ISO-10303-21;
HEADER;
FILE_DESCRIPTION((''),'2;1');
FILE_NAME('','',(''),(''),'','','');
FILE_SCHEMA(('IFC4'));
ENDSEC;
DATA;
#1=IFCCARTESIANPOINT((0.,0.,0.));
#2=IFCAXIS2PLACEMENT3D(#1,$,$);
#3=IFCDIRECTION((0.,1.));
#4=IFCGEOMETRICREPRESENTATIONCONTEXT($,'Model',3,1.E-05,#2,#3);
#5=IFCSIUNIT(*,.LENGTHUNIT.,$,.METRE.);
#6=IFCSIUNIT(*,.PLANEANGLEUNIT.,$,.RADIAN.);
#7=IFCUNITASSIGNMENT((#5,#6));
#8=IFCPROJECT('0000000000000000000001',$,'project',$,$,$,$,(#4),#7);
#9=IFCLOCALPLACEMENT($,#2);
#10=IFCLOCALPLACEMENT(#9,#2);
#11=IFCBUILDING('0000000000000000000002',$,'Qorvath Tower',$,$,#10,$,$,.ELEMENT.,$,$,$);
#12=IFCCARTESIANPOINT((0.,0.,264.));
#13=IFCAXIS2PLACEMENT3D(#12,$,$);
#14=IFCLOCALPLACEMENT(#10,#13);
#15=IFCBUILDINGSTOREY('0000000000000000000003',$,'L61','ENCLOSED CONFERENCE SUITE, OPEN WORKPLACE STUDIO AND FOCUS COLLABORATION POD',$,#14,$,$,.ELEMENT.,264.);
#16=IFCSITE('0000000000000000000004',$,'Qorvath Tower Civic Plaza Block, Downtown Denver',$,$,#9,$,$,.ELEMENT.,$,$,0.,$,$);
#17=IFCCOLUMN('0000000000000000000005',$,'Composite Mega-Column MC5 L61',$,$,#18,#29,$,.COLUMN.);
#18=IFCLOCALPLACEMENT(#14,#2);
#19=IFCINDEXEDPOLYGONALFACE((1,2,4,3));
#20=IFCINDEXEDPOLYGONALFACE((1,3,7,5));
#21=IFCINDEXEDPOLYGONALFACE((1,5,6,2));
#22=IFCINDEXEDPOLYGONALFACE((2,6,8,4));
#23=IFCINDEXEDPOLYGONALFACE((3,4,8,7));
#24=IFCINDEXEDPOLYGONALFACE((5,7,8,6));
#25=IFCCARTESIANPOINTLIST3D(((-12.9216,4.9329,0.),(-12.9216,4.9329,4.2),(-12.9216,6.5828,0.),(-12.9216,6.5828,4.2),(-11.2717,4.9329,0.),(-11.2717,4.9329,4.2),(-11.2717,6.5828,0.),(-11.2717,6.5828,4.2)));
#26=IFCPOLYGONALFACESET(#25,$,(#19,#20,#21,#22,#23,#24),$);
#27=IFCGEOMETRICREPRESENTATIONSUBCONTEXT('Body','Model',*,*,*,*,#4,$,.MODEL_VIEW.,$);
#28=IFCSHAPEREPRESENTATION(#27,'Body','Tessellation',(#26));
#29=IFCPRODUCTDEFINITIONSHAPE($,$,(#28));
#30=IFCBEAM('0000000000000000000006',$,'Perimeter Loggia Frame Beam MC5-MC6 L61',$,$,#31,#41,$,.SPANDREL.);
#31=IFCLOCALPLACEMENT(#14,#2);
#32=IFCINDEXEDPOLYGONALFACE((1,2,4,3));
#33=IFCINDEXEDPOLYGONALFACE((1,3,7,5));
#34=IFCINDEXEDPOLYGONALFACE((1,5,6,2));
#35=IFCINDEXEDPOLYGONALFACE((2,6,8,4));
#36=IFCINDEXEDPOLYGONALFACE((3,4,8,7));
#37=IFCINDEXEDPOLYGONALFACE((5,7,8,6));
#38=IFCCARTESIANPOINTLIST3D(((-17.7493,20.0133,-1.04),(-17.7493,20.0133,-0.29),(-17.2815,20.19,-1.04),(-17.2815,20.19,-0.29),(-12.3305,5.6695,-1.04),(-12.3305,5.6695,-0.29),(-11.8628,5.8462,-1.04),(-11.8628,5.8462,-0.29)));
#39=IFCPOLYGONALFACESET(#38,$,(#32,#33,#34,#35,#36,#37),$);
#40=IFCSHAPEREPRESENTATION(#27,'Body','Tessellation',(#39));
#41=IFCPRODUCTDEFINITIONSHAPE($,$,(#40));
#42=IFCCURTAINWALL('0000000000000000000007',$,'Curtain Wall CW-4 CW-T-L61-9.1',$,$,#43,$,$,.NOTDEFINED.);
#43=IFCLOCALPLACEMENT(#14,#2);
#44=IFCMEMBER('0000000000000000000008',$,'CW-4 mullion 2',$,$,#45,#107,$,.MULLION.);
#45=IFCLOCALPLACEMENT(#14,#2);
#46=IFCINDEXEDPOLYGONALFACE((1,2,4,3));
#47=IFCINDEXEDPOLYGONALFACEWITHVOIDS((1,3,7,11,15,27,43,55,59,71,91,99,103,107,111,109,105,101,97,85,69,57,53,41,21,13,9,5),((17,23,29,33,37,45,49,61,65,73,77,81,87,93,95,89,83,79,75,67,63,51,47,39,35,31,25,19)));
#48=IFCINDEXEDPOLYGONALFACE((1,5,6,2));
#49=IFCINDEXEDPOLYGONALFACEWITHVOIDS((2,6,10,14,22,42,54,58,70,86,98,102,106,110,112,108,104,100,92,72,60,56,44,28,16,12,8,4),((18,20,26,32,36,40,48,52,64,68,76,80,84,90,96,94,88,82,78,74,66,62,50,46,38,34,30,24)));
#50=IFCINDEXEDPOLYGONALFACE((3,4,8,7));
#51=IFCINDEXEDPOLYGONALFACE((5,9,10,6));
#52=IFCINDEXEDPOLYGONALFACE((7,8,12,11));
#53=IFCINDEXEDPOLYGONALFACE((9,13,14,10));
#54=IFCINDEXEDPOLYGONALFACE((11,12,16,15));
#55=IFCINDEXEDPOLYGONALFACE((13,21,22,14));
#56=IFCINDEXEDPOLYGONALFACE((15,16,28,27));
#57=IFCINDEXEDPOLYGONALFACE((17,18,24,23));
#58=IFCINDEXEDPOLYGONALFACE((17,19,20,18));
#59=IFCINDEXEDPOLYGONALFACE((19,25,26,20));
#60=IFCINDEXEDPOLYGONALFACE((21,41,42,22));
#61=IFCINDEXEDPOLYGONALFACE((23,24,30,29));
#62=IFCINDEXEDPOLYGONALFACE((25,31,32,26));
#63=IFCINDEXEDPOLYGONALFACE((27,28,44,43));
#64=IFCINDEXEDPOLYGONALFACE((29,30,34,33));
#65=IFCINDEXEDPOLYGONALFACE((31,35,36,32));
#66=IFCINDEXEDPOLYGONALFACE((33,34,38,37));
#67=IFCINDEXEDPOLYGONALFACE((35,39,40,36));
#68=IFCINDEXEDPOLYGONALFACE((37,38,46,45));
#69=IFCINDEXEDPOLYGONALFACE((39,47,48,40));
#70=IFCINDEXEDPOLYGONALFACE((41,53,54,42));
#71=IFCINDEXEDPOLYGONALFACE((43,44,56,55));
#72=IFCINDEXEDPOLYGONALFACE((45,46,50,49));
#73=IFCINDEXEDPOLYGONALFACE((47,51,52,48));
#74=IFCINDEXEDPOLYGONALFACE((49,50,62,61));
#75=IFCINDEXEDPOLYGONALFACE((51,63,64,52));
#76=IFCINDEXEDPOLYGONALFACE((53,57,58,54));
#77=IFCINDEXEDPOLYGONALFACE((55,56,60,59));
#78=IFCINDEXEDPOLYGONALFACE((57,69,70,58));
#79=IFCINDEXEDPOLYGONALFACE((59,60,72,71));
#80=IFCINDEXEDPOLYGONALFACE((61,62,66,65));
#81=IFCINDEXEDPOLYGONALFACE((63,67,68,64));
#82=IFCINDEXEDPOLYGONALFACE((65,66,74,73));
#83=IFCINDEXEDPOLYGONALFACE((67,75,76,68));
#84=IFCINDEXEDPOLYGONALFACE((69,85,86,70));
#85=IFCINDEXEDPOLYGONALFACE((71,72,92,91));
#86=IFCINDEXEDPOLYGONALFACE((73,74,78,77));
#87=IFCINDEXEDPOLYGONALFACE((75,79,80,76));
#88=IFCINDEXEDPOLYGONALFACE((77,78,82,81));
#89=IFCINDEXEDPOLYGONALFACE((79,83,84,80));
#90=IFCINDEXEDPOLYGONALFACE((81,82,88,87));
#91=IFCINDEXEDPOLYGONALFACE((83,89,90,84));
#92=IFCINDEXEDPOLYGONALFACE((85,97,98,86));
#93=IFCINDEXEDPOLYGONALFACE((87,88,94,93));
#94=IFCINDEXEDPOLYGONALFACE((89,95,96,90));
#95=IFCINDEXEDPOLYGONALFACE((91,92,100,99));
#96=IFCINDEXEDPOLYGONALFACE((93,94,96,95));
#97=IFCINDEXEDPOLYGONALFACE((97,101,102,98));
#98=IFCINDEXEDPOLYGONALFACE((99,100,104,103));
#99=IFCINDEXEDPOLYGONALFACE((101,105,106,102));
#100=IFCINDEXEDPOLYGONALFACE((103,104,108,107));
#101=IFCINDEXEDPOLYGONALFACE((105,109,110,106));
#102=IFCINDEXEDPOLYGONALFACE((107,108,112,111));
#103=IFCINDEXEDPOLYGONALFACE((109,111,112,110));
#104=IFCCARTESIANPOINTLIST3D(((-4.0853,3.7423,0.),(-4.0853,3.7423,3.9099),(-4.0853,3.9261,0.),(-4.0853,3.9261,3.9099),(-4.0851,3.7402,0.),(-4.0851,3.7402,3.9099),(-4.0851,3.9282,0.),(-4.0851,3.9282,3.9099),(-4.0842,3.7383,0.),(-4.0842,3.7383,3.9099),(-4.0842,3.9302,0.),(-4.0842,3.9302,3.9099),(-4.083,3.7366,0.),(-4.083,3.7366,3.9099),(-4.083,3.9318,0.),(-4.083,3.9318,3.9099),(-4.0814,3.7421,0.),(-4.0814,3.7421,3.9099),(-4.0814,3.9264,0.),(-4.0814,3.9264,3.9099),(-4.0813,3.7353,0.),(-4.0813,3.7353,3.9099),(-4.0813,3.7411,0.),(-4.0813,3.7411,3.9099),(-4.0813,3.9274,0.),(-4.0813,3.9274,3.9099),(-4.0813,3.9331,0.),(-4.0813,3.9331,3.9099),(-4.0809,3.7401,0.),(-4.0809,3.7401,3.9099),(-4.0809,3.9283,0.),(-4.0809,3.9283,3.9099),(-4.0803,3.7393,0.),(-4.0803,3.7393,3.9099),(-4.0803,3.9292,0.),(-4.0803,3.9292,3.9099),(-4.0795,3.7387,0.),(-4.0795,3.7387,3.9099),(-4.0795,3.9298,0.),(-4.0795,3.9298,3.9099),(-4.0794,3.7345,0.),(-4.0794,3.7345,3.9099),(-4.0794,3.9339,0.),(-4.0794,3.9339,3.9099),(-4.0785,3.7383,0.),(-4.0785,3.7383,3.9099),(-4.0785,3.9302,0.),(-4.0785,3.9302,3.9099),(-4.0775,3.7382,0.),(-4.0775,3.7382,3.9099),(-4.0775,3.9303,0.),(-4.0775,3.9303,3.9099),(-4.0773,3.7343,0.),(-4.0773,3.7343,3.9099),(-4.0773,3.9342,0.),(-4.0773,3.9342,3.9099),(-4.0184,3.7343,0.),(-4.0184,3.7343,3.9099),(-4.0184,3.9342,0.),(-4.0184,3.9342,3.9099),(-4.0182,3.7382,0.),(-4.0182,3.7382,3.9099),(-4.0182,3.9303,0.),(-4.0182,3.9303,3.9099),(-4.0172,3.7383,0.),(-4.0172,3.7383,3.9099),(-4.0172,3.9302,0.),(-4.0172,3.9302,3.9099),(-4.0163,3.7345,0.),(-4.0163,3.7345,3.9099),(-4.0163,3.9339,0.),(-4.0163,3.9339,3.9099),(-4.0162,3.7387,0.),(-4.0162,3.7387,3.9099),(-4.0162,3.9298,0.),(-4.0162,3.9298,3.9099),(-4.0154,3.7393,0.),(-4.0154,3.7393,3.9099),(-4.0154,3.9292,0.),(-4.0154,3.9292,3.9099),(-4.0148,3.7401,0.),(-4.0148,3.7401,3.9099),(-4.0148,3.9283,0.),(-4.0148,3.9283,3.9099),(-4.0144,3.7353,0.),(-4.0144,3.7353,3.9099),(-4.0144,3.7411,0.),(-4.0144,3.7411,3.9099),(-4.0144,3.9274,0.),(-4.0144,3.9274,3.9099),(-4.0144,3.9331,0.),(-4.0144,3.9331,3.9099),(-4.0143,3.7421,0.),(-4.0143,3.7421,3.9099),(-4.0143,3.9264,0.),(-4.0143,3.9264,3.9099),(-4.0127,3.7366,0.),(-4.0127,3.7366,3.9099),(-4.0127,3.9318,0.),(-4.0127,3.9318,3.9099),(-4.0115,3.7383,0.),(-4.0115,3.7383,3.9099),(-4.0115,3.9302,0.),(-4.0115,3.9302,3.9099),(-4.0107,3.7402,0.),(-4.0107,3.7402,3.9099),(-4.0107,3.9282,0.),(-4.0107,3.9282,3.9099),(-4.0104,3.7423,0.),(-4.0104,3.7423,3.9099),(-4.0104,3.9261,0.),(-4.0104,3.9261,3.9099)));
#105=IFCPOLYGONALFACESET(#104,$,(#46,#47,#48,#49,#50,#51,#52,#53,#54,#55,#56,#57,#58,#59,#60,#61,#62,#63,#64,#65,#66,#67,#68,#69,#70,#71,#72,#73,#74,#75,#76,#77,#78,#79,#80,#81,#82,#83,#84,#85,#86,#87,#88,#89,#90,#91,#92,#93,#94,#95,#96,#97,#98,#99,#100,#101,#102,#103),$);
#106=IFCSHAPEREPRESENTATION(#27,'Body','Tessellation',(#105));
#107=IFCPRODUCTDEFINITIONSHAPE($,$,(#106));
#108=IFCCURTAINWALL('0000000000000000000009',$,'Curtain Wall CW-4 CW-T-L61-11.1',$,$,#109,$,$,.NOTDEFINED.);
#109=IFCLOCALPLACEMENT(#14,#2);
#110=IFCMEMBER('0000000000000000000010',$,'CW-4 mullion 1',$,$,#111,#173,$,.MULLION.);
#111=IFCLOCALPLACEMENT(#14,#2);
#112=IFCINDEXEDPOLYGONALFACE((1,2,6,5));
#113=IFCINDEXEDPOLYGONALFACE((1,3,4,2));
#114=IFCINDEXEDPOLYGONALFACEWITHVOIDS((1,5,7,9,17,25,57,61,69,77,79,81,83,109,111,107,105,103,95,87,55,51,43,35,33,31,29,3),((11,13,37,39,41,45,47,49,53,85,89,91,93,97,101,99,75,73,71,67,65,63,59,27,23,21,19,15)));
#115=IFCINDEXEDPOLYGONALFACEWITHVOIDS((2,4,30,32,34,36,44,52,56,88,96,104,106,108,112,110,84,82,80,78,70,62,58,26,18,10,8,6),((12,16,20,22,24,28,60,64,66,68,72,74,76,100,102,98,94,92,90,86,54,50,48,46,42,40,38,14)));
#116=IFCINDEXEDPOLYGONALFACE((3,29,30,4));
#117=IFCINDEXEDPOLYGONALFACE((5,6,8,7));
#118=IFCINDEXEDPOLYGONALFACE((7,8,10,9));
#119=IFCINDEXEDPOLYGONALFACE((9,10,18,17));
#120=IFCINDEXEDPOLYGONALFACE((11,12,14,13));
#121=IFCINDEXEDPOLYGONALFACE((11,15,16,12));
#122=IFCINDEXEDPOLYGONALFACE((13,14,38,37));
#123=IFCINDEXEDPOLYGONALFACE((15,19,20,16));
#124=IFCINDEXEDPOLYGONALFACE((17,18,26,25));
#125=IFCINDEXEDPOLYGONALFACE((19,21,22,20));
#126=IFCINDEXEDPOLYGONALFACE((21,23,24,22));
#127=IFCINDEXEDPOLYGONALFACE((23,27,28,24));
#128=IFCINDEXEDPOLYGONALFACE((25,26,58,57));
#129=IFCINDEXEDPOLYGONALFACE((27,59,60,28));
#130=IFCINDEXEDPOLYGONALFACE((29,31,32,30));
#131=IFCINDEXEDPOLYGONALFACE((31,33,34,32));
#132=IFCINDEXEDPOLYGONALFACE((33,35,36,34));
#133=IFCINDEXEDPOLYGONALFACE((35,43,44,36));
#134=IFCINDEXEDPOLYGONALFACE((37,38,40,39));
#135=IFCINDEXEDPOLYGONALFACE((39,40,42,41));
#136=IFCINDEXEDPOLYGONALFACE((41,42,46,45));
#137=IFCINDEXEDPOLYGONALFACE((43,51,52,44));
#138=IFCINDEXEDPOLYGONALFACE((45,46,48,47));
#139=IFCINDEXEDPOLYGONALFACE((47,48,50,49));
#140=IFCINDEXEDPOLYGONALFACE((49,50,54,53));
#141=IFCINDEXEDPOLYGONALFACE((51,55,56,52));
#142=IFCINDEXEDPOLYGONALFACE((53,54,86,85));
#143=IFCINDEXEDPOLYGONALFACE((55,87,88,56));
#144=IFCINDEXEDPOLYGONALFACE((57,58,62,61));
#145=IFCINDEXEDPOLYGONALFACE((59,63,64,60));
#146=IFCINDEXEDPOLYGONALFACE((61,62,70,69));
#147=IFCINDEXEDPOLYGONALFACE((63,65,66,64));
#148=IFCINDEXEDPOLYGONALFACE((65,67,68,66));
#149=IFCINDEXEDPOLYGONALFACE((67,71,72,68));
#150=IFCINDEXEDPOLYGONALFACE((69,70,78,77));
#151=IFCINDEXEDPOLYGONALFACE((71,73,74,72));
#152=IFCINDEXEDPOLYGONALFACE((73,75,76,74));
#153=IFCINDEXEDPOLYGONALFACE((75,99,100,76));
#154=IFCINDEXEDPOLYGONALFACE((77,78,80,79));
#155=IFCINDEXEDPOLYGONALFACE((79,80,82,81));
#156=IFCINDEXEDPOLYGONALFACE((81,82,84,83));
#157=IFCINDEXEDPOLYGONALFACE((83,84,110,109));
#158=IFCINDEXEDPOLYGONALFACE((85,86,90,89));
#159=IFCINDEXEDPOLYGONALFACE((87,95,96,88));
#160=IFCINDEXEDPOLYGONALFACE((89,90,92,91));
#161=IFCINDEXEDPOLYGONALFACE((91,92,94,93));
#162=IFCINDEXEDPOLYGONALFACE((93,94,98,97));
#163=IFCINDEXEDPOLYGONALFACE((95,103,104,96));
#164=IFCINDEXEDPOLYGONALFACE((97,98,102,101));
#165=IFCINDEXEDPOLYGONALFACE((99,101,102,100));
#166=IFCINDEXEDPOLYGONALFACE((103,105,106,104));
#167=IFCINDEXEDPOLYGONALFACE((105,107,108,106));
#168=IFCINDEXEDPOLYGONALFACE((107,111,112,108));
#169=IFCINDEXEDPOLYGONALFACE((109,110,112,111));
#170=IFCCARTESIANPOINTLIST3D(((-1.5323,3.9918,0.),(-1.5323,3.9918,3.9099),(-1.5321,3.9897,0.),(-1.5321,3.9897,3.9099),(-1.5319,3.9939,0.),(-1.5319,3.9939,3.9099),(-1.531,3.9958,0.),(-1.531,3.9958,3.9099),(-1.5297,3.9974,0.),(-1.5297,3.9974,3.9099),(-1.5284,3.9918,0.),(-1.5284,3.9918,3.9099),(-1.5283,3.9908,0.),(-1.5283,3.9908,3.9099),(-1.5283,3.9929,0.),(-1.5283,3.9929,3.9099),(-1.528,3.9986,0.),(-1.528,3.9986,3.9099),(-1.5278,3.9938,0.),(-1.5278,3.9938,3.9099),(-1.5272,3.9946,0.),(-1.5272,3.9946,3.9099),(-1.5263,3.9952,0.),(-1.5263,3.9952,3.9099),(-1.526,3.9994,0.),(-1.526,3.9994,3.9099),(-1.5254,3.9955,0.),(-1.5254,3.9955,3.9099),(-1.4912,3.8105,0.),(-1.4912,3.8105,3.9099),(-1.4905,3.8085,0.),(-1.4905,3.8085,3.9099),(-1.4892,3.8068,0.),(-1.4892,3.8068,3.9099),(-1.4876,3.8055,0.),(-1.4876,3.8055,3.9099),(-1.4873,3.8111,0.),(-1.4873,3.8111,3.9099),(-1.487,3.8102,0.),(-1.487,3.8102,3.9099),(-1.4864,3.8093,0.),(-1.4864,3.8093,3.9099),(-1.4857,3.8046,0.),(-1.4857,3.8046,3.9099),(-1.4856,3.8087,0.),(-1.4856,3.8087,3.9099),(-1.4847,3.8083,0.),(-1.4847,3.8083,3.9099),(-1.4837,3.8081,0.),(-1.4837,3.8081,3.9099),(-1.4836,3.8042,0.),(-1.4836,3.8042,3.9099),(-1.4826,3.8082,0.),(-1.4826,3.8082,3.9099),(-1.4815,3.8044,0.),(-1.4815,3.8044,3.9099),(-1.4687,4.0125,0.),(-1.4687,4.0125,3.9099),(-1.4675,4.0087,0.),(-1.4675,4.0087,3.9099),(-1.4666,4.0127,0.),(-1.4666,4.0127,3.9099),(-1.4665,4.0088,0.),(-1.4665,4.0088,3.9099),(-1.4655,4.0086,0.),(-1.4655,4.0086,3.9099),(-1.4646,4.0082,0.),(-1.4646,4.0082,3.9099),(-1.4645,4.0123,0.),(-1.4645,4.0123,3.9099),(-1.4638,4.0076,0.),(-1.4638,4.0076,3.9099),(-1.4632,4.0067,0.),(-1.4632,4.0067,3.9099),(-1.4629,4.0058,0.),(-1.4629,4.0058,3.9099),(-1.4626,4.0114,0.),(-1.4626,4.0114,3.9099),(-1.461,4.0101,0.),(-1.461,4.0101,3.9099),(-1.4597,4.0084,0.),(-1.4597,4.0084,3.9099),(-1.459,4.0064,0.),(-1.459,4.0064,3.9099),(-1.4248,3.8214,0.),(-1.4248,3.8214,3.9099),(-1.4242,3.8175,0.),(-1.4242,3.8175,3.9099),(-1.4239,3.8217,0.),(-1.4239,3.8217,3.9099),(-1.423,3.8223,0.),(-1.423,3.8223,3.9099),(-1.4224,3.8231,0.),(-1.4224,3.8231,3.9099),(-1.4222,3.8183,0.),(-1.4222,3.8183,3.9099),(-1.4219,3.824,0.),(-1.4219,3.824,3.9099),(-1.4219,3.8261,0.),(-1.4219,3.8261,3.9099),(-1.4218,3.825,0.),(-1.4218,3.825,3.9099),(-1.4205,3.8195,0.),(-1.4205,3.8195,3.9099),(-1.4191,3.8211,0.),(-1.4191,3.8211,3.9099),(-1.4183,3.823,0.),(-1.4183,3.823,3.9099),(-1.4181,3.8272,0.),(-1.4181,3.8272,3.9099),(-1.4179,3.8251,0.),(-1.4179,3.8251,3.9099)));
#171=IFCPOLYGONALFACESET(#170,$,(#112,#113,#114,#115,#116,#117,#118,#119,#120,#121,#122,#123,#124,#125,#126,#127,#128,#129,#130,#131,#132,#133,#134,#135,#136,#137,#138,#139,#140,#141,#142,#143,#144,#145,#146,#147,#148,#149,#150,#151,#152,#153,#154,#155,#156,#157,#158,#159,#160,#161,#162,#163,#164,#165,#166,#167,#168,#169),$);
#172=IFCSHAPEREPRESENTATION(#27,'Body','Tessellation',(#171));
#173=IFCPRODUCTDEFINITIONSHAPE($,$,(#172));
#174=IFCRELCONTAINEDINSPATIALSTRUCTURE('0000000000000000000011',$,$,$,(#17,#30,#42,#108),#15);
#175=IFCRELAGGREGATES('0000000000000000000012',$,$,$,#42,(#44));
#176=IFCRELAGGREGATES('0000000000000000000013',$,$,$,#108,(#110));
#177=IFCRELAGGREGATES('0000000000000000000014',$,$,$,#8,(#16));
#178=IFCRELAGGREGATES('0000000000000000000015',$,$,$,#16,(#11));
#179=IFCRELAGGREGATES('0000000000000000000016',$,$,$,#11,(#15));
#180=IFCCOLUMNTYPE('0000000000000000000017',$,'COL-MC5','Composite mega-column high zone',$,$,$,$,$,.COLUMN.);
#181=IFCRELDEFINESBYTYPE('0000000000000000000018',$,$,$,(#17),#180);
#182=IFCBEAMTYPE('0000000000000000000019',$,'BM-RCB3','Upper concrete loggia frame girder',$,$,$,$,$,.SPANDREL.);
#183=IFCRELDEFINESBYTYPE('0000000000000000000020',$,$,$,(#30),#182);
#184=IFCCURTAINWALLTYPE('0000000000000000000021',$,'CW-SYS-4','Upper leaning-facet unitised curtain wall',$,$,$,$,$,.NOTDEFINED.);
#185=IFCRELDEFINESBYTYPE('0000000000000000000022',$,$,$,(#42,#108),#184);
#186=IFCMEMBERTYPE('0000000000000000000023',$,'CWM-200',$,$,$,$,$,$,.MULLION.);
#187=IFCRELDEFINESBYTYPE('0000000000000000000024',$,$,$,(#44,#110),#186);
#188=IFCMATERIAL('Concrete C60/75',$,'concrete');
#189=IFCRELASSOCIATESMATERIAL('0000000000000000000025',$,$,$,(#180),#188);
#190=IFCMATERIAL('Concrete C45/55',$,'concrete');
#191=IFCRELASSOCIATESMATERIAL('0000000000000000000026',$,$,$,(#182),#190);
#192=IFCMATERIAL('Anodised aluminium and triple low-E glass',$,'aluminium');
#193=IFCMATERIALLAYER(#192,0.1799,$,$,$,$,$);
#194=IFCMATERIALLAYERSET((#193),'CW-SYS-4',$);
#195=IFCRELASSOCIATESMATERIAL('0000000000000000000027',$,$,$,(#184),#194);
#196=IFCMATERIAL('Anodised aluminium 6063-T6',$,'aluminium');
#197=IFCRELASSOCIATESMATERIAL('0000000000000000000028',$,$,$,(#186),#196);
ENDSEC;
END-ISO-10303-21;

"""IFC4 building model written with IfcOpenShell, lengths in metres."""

from ifc_helpers import new_model, si_unit, direction, frame, origin, origin_2d, place, context, subcontext, project, spatial, rectangle, hollow_rectangle, extrude, material, layer, layer_set, material_profile, profile_set, type_object, element, aggregate, save


model = new_model("IFC4")

# Units and contexts
model_context = context("Model", 3, precision=1e-05, world=origin(), true_north=direction((0.0, 1.0)))
body_context = subcontext(model_context, "Body", "Model", "MODEL_VIEW")
ifc_project = project(units=[si_unit("LENGTHUNIT", "METRE"), si_unit("PLANEANGLEUNIT", "RADIAN")], contexts=[model_context])

# Site, building, storey
site_placement = place(None, origin())
site = spatial("IfcSite", under=ifc_project, at=site_placement, Name="Qorvath Tower Civic Plaza Block, Downtown Denver", CompositionType="ELEMENT", RefElevation=0.0)
building_placement = place(site_placement, origin())
building = spatial("IfcBuilding", under=site, at=building_placement, Name="Qorvath Tower", CompositionType="ELEMENT")
storey_placement = place(building_placement, frame((0.0, 0.0, 264.0)))
storey = spatial("IfcBuildingStorey", under=building, at=storey_placement, Name="L61", Description="ENCLOSED CONFERENCE SUITE, OPEN WORKPLACE STUDIO AND FOCUS COLLABORATION POD", CompositionType="ELEMENT", Elevation=264.0)

# Column
ifc_material_1 = material(Name="Concrete C60/75", Category="concrete")
ifc_material_profile_1 = material_profile(ifc_material_1, rectangle(XDim=1.6499, YDim=1.6499, at=origin_2d()), Name="MC 1650x1650")
ifc_profile_set_1 = profile_set([ifc_material_profile_1], Name="Concrete C60/75")
column_type = type_object("IfcColumnType", Name="COL-MC5", Description="Composite mega-column high zone", PredefinedType="COLUMN", material=ifc_profile_set_1)
column_placement = place(storey_placement, frame((-12.0967, 5.7578, 0.0), z_axis=(0.0, 0.0, 1.0), x_axis=(1.0, 0.0, 0.0)))
element("IfcColumn", 1, at=column_placement, inside=storey, type_object=column_type, Name="Composite Mega-Column MC5 L61", PredefinedType="COLUMN", context=body_context, shape_type="SweptSolid", body=[
    extrude(rectangle(XDim=1.6499, YDim=1.6499, at=origin_2d()), origin(), (0.0, 0.0, 1.0), 4.2),
])

# Beam
ifc_material_2 = material(Name="Concrete C45/55", Category="concrete")
ifc_material_profile_2 = material_profile(ifc_material_2, rectangle(XDim=0.5, YDim=0.75, at=origin_2d()), Name="RCB 750x500")
ifc_profile_set_2 = profile_set([ifc_material_profile_2], Name="Concrete C45/55")
beam_type = type_object("IfcBeamType", Name="BM-RCB3", Description="Upper concrete loggia frame girder", PredefinedType="SPANDREL", material=ifc_profile_set_2)
beam_placement = place(storey_placement, frame((-12.0967, 5.7578, -0.665), z_axis=(-0.353398, 0.935473, 0.0), x_axis=(-0.935473, -0.353398, 0.0)))
element("IfcBeam", 2, at=beam_placement, inside=storey, type_object=beam_type, Name="Perimeter Loggia Frame Beam MC5-MC6 L61", PredefinedType="SPANDREL", context=body_context, shape_type="SweptSolid", body=[
    extrude(rectangle(XDim=0.5, YDim=0.75, at=origin_2d()), origin(), (0.0, 0.0, 1.0), 15.3333),
])

# Curtain wall, member
ifc_material_3 = material(Name="Anodised aluminium and triple low-E glass", Category="aluminium")
ifc_layer_1 = layer(ifc_material_3, 0.1799)
ifc_layer_set_1 = layer_set([ifc_layer_1], Name="CW-SYS-4")
curtain_wall_type = type_object("IfcCurtainWallType", Name="CW-SYS-4", Description="Upper leaning-facet unitised curtain wall", PredefinedType="NOTDEFINED", material=ifc_layer_set_1)
curtain_wall_1_placement = place(storey_placement, origin())
curtain_wall_1 = element("IfcCurtainWall", 3, at=curtain_wall_1_placement, inside=storey, type_object=curtain_wall_type, Name="Curtain Wall CW-4 CW-T-L61-9.1", PredefinedType="NOTDEFINED")
ifc_material_4 = material(Name="Anodised aluminium 6063-T6", Category="aluminium")
ifc_material_profile_3 = material_profile(ifc_material_4, hollow_rectangle(XDim=0.075, YDim=0.2, WallThickness=0.0039, InnerFilletRadius=0.0039, OuterFilletRadius=0.0081, at=origin_2d()), Name="CWM 200x75")
ifc_profile_set_3 = profile_set([ifc_material_profile_3], Name="Anodised aluminium 6063-T6")
member_type_1 = type_object("IfcMemberType", Name="CWM-200", PredefinedType="MULLION", material=ifc_profile_set_3)
member_1_placement = place(storey_placement, frame((-4.0479, 3.8342, 0.0), z_axis=(0.0, 0.0, 1.0), x_axis=(-1.0, 0.0, 0.0)))
member_1 = element("IfcMember", 4, at=member_1_placement, type_object=member_type_1, Name="CW-4 mullion 2", PredefinedType="MULLION", context=body_context, shape_type="SweptSolid", body=[
    extrude(hollow_rectangle(XDim=0.075, YDim=0.2, WallThickness=0.0039, InnerFilletRadius=0.0039, OuterFilletRadius=0.0081, at=origin_2d()), origin(), (0.0, 0.0, 1.0), 3.9099),
])
aggregate(curtain_wall_1, [member_1])

# Curtain wall, member
curtain_wall_2_placement = place(storey_placement, origin())
curtain_wall_2 = element("IfcCurtainWall", 5, at=curtain_wall_2_placement, inside=storey, type_object=curtain_wall_type, Name="Curtain Wall CW-4 CW-T-L61-11.1", PredefinedType="NOTDEFINED")
member_2_placement = place(storey_placement, frame((-1.4751, 3.9084, 0.0), z_axis=(0.0, 0.0, 1.0), x_axis=(-0.974942, -0.222459, 0.0)))
member_2 = element("IfcMember", 6, at=member_2_placement, type_object=member_type_1, Name="CW-4 mullion 1", PredefinedType="MULLION", context=body_context, shape_type="SweptSolid", body=[
    extrude(hollow_rectangle(XDim=0.075, YDim=0.2, WallThickness=0.0039, InnerFilletRadius=0.0039, OuterFilletRadius=0.0081, at=origin_2d()), origin(), (0.0, 0.0, 1.0), 3.9099),
])
aggregate(curtain_wall_2, [member_2])

save(model, "model.ifc")
